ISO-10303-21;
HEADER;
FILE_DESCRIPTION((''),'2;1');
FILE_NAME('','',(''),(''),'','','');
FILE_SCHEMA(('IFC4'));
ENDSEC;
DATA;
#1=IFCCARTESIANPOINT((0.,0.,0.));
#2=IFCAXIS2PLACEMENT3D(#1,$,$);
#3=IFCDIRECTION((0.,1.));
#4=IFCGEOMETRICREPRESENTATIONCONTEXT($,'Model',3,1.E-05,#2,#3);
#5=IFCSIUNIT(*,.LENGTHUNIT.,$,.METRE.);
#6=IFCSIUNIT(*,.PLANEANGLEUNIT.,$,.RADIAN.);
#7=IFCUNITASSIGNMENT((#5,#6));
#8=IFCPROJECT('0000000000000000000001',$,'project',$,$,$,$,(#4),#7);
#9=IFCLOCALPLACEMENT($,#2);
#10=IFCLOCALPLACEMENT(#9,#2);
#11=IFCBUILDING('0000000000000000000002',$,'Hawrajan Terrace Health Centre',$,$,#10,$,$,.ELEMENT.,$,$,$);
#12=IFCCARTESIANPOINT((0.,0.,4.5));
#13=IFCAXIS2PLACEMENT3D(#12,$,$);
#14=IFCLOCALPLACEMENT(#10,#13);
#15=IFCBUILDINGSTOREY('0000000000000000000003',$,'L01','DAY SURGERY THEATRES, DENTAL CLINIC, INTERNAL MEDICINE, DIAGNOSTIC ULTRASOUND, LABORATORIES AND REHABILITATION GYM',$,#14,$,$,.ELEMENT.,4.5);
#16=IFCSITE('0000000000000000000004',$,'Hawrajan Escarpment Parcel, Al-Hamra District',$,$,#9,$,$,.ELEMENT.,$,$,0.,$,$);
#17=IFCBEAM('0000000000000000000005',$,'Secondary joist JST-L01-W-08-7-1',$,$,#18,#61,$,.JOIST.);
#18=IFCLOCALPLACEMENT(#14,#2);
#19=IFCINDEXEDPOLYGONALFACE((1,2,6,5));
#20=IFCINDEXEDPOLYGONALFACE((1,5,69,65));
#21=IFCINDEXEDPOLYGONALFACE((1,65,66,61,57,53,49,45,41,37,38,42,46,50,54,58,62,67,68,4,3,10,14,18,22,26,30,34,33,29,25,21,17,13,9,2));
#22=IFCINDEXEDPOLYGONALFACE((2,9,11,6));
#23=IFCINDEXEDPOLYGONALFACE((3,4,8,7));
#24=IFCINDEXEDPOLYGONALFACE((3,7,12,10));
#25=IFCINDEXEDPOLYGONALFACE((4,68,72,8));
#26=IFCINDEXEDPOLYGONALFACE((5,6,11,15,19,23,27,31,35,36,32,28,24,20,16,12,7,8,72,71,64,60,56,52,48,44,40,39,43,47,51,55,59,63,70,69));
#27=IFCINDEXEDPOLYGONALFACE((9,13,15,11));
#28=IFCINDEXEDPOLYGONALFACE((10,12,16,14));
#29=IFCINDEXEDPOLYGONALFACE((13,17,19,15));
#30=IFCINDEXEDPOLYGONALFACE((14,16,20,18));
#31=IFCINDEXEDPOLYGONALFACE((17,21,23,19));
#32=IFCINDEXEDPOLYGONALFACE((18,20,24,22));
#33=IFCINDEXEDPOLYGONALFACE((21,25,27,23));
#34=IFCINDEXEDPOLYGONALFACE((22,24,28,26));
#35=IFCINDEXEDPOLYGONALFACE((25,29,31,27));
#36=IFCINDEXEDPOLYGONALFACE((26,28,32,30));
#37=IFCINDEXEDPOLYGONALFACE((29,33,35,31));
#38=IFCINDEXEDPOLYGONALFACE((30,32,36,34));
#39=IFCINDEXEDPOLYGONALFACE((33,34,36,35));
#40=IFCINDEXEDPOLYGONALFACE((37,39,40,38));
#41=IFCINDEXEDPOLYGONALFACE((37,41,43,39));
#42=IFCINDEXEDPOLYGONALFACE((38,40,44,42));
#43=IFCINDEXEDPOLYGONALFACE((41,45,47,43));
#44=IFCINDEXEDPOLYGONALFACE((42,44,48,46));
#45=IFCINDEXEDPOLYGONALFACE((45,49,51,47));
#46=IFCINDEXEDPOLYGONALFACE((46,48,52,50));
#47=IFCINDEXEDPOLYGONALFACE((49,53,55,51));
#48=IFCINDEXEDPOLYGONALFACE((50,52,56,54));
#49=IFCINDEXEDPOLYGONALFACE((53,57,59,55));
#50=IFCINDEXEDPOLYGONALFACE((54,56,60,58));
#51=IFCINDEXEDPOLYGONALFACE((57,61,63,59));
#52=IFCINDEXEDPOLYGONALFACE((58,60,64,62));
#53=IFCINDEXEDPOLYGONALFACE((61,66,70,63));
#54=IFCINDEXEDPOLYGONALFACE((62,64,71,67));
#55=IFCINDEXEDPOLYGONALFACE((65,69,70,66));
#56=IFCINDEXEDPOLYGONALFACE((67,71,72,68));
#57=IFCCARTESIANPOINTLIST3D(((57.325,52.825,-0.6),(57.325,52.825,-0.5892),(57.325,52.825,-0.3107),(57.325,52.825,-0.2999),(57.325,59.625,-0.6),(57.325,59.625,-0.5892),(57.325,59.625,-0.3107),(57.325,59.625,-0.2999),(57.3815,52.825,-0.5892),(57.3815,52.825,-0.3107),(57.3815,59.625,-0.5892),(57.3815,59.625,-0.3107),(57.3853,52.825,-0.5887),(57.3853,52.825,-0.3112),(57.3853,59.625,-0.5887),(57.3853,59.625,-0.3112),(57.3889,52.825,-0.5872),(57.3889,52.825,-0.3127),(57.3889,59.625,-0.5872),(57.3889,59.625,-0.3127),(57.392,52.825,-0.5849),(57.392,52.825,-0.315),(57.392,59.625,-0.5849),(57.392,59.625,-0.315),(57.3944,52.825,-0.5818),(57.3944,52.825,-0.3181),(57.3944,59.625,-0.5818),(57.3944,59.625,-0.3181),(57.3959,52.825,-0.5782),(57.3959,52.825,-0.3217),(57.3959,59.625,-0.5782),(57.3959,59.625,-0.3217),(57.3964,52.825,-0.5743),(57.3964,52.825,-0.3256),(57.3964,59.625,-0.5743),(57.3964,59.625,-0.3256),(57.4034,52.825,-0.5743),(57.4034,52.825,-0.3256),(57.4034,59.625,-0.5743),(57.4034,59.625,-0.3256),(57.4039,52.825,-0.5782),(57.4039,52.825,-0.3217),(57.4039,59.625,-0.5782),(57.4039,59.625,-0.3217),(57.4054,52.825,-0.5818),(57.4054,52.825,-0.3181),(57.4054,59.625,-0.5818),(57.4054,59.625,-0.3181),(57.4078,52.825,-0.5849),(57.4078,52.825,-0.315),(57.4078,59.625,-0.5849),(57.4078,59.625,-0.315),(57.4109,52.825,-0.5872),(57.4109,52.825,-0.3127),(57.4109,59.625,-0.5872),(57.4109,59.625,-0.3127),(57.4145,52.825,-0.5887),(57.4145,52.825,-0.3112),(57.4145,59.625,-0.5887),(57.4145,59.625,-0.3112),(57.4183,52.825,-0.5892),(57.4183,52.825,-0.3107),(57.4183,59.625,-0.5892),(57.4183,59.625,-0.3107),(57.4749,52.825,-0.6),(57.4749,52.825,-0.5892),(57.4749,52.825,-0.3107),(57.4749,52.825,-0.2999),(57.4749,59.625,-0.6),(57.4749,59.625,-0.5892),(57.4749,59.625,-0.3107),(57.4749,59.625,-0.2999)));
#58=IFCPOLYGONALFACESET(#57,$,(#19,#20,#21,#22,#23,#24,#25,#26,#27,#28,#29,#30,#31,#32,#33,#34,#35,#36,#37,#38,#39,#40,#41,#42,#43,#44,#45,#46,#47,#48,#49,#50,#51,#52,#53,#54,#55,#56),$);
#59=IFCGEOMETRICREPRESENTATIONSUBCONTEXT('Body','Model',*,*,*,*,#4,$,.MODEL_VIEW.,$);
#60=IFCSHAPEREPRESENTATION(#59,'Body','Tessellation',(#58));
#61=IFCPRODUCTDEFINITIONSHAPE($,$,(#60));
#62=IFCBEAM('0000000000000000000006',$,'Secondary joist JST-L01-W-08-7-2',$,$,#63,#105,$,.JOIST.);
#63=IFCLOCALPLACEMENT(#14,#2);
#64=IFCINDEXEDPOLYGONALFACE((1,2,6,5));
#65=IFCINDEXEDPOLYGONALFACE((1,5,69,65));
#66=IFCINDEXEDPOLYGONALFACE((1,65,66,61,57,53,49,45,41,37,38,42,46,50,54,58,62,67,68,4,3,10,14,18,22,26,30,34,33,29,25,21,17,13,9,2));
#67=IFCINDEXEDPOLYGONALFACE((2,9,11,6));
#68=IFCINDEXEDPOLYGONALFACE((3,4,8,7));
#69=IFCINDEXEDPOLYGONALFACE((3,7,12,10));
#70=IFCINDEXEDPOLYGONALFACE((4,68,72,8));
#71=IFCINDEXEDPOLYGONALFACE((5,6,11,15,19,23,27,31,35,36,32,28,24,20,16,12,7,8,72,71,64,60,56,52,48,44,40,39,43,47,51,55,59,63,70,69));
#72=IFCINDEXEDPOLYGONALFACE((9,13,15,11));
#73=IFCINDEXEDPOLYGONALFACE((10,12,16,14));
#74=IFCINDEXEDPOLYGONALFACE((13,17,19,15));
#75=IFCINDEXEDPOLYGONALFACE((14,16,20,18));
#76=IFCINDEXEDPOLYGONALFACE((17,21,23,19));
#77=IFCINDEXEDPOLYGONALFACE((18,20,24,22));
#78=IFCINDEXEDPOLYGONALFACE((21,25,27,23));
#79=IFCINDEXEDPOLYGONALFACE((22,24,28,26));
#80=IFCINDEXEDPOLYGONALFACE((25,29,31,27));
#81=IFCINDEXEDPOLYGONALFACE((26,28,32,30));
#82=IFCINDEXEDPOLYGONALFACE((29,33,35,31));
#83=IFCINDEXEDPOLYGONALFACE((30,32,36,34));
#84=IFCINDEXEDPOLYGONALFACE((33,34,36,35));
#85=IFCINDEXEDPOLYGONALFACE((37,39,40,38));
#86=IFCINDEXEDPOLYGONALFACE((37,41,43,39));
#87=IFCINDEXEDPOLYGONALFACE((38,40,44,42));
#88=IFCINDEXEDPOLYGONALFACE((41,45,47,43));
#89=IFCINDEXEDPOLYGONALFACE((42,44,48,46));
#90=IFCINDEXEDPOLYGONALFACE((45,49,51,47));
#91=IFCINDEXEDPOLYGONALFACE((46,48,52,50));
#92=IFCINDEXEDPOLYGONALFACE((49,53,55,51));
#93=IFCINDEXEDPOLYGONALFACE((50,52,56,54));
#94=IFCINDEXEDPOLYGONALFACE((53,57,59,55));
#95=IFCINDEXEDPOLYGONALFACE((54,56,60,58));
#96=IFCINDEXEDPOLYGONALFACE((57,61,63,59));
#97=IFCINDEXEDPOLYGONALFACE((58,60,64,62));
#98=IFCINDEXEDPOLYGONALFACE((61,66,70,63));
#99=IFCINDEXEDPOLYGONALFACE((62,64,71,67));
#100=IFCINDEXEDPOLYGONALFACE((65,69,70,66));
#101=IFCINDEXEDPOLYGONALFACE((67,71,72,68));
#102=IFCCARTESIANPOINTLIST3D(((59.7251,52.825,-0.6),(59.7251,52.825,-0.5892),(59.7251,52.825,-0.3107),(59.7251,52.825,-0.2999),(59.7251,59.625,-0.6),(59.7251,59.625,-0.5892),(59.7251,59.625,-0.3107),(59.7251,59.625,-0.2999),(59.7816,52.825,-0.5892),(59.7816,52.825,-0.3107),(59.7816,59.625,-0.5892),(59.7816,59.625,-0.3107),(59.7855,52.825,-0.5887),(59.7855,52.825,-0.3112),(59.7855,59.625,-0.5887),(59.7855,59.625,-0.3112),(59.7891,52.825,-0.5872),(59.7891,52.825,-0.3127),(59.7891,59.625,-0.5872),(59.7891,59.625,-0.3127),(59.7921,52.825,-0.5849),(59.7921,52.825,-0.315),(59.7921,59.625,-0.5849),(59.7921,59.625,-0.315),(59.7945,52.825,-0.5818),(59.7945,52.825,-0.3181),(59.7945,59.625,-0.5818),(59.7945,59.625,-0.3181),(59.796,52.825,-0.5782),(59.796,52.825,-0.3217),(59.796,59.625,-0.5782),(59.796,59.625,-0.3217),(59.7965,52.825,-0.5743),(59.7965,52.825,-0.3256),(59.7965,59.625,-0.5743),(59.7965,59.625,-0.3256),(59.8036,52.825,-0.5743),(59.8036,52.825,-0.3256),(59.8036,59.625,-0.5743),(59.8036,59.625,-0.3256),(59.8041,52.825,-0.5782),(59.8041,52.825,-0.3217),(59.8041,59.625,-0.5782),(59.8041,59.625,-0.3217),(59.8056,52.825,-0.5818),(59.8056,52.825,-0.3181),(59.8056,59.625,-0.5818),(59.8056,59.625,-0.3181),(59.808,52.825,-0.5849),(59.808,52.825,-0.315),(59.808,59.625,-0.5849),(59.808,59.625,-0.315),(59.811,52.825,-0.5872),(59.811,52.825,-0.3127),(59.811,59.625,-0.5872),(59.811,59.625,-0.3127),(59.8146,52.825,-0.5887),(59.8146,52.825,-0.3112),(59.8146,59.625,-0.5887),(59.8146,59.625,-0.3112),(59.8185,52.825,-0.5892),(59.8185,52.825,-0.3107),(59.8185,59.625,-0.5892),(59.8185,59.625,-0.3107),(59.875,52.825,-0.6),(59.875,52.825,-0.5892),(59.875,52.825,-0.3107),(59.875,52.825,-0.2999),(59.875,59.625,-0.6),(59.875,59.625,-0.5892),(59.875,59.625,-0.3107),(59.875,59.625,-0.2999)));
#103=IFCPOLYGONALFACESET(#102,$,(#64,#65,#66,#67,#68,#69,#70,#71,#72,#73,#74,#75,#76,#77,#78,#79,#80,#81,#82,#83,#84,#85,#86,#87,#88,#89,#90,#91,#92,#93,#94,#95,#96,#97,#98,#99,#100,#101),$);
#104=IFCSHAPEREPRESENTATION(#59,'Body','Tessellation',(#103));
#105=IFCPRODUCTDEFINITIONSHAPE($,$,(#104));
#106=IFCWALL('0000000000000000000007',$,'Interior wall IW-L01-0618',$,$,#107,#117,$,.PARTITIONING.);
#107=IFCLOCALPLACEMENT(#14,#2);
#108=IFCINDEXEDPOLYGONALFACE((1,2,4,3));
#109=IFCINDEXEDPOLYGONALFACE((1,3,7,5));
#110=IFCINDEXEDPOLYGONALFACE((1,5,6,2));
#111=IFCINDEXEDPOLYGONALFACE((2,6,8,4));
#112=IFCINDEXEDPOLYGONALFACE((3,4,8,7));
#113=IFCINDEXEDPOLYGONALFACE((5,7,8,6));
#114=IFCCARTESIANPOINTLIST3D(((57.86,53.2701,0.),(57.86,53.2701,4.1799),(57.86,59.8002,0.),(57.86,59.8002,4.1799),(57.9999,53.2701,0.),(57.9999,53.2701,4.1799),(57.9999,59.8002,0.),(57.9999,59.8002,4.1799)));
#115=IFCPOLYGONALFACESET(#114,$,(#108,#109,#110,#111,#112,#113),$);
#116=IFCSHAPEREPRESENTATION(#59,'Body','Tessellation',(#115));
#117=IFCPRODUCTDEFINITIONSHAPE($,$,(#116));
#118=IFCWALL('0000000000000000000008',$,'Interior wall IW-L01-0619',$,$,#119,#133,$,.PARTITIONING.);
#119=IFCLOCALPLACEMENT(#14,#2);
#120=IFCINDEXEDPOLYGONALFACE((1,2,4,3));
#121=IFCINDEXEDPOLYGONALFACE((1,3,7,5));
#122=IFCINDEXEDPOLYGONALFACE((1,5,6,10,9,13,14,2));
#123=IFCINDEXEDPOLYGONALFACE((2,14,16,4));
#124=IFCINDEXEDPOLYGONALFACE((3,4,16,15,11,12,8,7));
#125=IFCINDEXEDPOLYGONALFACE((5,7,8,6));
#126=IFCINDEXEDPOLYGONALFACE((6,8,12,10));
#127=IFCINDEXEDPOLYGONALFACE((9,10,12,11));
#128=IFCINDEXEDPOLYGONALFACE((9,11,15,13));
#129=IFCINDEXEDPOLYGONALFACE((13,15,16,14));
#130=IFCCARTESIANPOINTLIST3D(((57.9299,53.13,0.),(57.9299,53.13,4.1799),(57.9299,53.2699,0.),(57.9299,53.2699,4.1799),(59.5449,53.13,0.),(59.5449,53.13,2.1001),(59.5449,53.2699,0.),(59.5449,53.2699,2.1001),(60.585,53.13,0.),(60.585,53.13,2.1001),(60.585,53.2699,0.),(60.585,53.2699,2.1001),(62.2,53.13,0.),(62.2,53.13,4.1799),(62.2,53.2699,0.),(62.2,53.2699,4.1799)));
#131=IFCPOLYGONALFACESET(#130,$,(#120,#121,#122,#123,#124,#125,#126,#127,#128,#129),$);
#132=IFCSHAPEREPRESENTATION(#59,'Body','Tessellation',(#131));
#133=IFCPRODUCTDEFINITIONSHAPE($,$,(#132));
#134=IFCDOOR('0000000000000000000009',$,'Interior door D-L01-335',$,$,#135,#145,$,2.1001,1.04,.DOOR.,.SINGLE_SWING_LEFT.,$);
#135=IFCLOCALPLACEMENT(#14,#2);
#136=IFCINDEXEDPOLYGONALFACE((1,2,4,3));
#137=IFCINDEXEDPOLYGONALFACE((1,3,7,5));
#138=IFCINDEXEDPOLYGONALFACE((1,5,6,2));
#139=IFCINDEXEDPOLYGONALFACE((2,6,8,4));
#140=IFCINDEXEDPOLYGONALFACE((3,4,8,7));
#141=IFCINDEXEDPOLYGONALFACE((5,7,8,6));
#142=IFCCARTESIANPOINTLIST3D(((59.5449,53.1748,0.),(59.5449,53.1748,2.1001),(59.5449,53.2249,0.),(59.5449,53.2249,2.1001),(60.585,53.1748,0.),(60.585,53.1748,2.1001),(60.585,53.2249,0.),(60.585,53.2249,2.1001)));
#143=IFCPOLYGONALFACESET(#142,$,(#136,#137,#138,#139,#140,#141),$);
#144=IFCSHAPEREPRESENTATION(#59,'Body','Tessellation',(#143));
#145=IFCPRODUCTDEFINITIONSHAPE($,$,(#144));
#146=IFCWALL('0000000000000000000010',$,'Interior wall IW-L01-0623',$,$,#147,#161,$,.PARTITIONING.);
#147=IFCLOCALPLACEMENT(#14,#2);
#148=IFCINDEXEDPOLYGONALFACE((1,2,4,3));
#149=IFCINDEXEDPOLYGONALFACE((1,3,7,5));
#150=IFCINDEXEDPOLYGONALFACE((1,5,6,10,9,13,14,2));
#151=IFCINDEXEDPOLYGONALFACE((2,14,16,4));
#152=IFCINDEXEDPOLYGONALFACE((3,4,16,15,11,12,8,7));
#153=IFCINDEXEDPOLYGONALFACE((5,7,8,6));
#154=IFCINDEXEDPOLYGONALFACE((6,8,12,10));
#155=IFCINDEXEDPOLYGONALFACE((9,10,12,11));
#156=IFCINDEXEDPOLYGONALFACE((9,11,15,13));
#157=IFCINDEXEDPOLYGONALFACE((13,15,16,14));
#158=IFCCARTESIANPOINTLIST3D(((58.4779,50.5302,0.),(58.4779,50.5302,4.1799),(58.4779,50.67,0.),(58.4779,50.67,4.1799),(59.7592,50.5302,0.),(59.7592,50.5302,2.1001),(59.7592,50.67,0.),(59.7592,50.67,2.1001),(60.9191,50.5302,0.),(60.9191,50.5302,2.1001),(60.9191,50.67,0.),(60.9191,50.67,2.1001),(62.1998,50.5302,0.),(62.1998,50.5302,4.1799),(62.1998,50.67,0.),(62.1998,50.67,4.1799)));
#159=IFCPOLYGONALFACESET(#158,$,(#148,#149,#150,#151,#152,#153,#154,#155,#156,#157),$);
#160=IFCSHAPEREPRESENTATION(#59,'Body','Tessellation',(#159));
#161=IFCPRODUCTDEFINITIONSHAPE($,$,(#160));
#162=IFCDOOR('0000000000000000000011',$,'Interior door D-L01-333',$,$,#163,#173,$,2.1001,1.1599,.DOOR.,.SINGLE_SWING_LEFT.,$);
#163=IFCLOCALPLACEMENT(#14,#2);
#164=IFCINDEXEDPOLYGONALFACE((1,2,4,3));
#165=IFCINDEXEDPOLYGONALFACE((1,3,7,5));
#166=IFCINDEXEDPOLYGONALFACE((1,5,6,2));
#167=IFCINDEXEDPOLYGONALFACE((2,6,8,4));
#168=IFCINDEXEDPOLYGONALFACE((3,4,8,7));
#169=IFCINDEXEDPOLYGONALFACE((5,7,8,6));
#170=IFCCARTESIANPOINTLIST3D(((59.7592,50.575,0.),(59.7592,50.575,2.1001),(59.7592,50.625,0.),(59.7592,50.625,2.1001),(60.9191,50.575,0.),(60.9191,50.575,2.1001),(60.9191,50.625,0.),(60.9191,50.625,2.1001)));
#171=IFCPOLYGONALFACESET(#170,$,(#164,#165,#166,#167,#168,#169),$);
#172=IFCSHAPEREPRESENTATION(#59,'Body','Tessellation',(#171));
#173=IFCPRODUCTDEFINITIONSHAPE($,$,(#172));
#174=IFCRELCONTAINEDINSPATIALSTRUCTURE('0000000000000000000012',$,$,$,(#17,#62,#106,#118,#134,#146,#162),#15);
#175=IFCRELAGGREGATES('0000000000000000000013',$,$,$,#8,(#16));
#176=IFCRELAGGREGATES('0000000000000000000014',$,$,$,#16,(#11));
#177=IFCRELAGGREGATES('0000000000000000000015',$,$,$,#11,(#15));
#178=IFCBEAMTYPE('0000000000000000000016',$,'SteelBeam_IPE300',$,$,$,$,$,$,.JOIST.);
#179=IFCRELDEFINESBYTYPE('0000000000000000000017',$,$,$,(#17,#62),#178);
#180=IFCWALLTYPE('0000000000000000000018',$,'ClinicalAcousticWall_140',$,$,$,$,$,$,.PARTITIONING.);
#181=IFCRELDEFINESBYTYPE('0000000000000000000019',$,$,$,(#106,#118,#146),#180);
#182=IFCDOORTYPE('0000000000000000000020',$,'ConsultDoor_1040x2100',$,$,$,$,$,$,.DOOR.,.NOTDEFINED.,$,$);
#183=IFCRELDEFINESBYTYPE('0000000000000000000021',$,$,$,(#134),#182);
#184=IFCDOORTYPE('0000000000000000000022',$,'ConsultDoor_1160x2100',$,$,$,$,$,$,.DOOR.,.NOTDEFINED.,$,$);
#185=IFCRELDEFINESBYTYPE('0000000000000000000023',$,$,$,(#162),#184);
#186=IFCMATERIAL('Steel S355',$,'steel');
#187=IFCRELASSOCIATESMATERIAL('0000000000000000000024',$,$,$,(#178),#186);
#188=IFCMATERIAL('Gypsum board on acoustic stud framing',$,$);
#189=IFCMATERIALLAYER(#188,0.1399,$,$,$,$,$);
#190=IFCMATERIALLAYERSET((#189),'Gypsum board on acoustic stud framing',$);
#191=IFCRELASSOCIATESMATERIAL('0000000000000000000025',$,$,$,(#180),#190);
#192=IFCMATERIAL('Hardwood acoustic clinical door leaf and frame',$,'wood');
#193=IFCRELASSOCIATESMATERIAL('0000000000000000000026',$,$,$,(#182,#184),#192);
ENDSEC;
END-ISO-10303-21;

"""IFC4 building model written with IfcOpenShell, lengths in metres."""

from ifc_helpers import new_model, si_unit, direction, frame, frame_2d, origin, origin_2d, place, context, subcontext, project, spatial, rectangle, i_section, extrude, material, layer, layer_set, material_profile, profile_set, type_object, element, fill, save


model = new_model("IFC4")

# Units and contexts
model_context = context("Model", 3, precision=1e-05, world=origin(), true_north=direction((0.0, 1.0)))
body_context = subcontext(model_context, "Body", "Model", "MODEL_VIEW")
ifc_project = project(units=[si_unit("LENGTHUNIT", "METRE"), si_unit("PLANEANGLEUNIT", "RADIAN")], contexts=[model_context])

# Site, building, storey
site_placement = place(None, origin())
site = spatial("IfcSite", under=ifc_project, at=site_placement, Name="Hawrajan Escarpment Parcel, Al-Hamra District", CompositionType="ELEMENT", RefElevation=0.0)
building_placement = place(site_placement, origin())
building = spatial("IfcBuilding", under=site, at=building_placement, Name="Hawrajan Terrace Health Centre", CompositionType="ELEMENT")
storey_placement = place(building_placement, frame((0.0, 0.0, 4.5)))
storey = spatial("IfcBuildingStorey", under=building, at=storey_placement, Name="L01", Description="DAY SURGERY THEATRES, DENTAL CLINIC, INTERNAL MEDICINE, DIAGNOSTIC ULTRASOUND, LABORATORIES AND REHABILITATION GYM", CompositionType="ELEMENT", Elevation=4.5)

# Beams
ifc_material_1 = material(Name="Steel S355", Category="steel")
ifc_material_profile_1 = material_profile(ifc_material_1, i_section(OverallWidth=0.1499, OverallDepth=0.3, WebThickness=0.0071, FlangeThickness=0.0107, FilletRadius=0.0149, at=origin_2d()), Name="IPE 300")
ifc_profile_set_1 = profile_set([ifc_material_profile_1], Name="Steel S355")
beam_type_1 = type_object("IfcBeamType", Name="SteelBeam_IPE300", PredefinedType="JOIST", material=ifc_profile_set_1)
for number, where, z_axis, x_axis, name in (
    (1, (57.3999, 52.825, -0.45), (0.0, 1.0, 0.0), (-1.0, 0.0, 0.0), "Secondary joist JST-L01-W-08-7-1"),
    (2, (59.8, 52.825, -0.45), (0.0, 1.0, 0.0), (-1.0, 0.0, 0.0), "Secondary joist JST-L01-W-08-7-2"),
):
    element("IfcBeam", number, at=place(storey_placement, frame(where, z_axis=z_axis, x_axis=x_axis)), inside=storey, type_object=beam_type_1, Name=name, PredefinedType="JOIST", context=body_context, shape_type="SweptSolid", body=[
        extrude(i_section(OverallWidth=0.1499, OverallDepth=0.3, WebThickness=0.0071, FlangeThickness=0.0107, FilletRadius=0.0149, at=origin_2d()), origin(), (0.0, 0.0, 1.0), 6.8),
    ])

# Wall
ifc_material_2 = material(Name="Gypsum board on acoustic stud framing")
ifc_layer_1 = layer(ifc_material_2, 0.1399)
ifc_layer_set_1 = layer_set([ifc_layer_1], Name="Gypsum board on acoustic stud framing")
wall_type_1 = type_object("IfcWallType", Name="ClinicalAcousticWall_140", PredefinedType="PARTITIONING", material=ifc_layer_set_1)
wall_1_placement = place(storey_placement, frame((57.9299, 53.27, 0.0), z_axis=(0.0, 0.0, 1.0), x_axis=(0.0, 1.0, 0.0)))
element("IfcWall", 3, at=wall_1_placement, inside=storey, type_object=wall_type_1, Name="Interior wall IW-L01-0618", PredefinedType="PARTITIONING", context=body_context, shape_type="SweptSolid", body=[
    extrude(rectangle(XDim=6.53, YDim=0.1399, at=frame_2d((3.2651, 0.0))), origin(), (0.0, 0.0, 1.0), 4.1799),
])

# Walls, openings, doors
wall_2_placement = place(storey_placement, frame((57.9299, 53.2, 0.0), z_axis=(0.0, 0.0, 1.0), x_axis=(1.0, 0.0, 0.0)))
wall_2 = element("IfcWall", 4, at=wall_2_placement, inside=storey, type_object=wall_type_1, Name="Interior wall IW-L01-0619", PredefinedType="PARTITIONING", context=body_context, shape_type="SweptSolid", body=[
    extrude(rectangle(XDim=4.27, YDim=0.1399, at=frame_2d((2.135, 0.0))), origin(), (0.0, 0.0, 1.0), 4.1799),
])
opening_1_placement = place(wall_2_placement, frame((1.615, 0.0, 0.0)))
opening_1 = element("IfcOpeningElement", 5, at=opening_1_placement, cuts=wall_2, PredefinedType="OPENING", context=body_context, shape_type="SweptSolid", body=[
    extrude(rectangle(XDim=1.04, YDim=2.1001, at=frame_2d((0.52, 1.05))), frame((0.0, 0.0798, 0.0), z_axis=(0.0, -1.0, 0.0), x_axis=(1.0, 0.0, 0.0)), (0.0, 0.0, 1.0), 0.1599),
])
ifc_material_3 = material(Name="Hardwood acoustic clinical door leaf and frame", Category="wood")
door_type_1 = type_object("IfcDoorType", Name="ConsultDoor_1040x2100", OperationType="NOTDEFINED", PredefinedType="DOOR", material=ifc_material_3)
door_1_placement = place(opening_1_placement, origin())
door_1 = element("IfcDoor", 6, at=door_1_placement, inside=storey, type_object=door_type_1, Name="Interior door D-L01-335", OperationType="SINGLE_SWING_LEFT", OverallHeight=2.1001, OverallWidth=1.04, PredefinedType="DOOR", context=body_context, shape_type="SweptSolid", body=[
    extrude(rectangle(XDim=1.04, YDim=2.1001, at=frame_2d((0.52, 1.05))), frame((0.0, 0.0249, 0.0), z_axis=(0.0, -1.0, 0.0), x_axis=(1.0, 0.0, 0.0)), (0.0, 0.0, 1.0), 0.05),
])
fill(opening_1, door_1)
wall_3_placement = place(storey_placement, frame((58.478, 50.6001, 0.0), z_axis=(0.0, 0.0, 1.0), x_axis=(1.0, 0.0, 0.0)))
wall_3 = element("IfcWall", 7, at=wall_3_placement, inside=storey, type_object=wall_type_1, Name="Interior wall IW-L01-0623", PredefinedType="PARTITIONING", context=body_context, shape_type="SweptSolid", body=[
    extrude(rectangle(XDim=3.7219, YDim=0.1399, at=frame_2d((1.8608, 0.0))), origin(), (0.0, 0.0, 1.0), 4.1799),
])
opening_2_placement = place(wall_3_placement, frame((1.281, 0.0, 0.0)))
opening_2 = element("IfcOpeningElement", 8, at=opening_2_placement, cuts=wall_3, PredefinedType="OPENING", context=body_context, shape_type="SweptSolid", body=[
    extrude(rectangle(XDim=1.1599, YDim=2.1001, at=frame_2d((0.5801, 1.05))), frame((0.0, 0.0798, 0.0), z_axis=(0.0, -1.0, 0.0), x_axis=(1.0, 0.0, 0.0)), (0.0, 0.0, 1.0), 0.1599),
])
door_type_2 = type_object("IfcDoorType", Name="ConsultDoor_1160x2100", OperationType="NOTDEFINED", PredefinedType="DOOR", material=ifc_material_3)
door_2_placement = place(opening_2_placement, origin())
door_2 = element("IfcDoor", 9, at=door_2_placement, inside=storey, type_object=door_type_2, Name="Interior door D-L01-333", OperationType="SINGLE_SWING_LEFT", OverallHeight=2.1001, OverallWidth=1.1599, PredefinedType="DOOR", context=body_context, shape_type="SweptSolid", body=[
    extrude(rectangle(XDim=1.1599, YDim=2.1001, at=frame_2d((0.5801, 1.05))), frame((0.0, 0.0249, 0.0), z_axis=(0.0, -1.0, 0.0), x_axis=(1.0, 0.0, 0.0)), (0.0, 0.0, 1.0), 0.05),
])
fill(opening_2, door_2)

save(model, "model.ifc")
